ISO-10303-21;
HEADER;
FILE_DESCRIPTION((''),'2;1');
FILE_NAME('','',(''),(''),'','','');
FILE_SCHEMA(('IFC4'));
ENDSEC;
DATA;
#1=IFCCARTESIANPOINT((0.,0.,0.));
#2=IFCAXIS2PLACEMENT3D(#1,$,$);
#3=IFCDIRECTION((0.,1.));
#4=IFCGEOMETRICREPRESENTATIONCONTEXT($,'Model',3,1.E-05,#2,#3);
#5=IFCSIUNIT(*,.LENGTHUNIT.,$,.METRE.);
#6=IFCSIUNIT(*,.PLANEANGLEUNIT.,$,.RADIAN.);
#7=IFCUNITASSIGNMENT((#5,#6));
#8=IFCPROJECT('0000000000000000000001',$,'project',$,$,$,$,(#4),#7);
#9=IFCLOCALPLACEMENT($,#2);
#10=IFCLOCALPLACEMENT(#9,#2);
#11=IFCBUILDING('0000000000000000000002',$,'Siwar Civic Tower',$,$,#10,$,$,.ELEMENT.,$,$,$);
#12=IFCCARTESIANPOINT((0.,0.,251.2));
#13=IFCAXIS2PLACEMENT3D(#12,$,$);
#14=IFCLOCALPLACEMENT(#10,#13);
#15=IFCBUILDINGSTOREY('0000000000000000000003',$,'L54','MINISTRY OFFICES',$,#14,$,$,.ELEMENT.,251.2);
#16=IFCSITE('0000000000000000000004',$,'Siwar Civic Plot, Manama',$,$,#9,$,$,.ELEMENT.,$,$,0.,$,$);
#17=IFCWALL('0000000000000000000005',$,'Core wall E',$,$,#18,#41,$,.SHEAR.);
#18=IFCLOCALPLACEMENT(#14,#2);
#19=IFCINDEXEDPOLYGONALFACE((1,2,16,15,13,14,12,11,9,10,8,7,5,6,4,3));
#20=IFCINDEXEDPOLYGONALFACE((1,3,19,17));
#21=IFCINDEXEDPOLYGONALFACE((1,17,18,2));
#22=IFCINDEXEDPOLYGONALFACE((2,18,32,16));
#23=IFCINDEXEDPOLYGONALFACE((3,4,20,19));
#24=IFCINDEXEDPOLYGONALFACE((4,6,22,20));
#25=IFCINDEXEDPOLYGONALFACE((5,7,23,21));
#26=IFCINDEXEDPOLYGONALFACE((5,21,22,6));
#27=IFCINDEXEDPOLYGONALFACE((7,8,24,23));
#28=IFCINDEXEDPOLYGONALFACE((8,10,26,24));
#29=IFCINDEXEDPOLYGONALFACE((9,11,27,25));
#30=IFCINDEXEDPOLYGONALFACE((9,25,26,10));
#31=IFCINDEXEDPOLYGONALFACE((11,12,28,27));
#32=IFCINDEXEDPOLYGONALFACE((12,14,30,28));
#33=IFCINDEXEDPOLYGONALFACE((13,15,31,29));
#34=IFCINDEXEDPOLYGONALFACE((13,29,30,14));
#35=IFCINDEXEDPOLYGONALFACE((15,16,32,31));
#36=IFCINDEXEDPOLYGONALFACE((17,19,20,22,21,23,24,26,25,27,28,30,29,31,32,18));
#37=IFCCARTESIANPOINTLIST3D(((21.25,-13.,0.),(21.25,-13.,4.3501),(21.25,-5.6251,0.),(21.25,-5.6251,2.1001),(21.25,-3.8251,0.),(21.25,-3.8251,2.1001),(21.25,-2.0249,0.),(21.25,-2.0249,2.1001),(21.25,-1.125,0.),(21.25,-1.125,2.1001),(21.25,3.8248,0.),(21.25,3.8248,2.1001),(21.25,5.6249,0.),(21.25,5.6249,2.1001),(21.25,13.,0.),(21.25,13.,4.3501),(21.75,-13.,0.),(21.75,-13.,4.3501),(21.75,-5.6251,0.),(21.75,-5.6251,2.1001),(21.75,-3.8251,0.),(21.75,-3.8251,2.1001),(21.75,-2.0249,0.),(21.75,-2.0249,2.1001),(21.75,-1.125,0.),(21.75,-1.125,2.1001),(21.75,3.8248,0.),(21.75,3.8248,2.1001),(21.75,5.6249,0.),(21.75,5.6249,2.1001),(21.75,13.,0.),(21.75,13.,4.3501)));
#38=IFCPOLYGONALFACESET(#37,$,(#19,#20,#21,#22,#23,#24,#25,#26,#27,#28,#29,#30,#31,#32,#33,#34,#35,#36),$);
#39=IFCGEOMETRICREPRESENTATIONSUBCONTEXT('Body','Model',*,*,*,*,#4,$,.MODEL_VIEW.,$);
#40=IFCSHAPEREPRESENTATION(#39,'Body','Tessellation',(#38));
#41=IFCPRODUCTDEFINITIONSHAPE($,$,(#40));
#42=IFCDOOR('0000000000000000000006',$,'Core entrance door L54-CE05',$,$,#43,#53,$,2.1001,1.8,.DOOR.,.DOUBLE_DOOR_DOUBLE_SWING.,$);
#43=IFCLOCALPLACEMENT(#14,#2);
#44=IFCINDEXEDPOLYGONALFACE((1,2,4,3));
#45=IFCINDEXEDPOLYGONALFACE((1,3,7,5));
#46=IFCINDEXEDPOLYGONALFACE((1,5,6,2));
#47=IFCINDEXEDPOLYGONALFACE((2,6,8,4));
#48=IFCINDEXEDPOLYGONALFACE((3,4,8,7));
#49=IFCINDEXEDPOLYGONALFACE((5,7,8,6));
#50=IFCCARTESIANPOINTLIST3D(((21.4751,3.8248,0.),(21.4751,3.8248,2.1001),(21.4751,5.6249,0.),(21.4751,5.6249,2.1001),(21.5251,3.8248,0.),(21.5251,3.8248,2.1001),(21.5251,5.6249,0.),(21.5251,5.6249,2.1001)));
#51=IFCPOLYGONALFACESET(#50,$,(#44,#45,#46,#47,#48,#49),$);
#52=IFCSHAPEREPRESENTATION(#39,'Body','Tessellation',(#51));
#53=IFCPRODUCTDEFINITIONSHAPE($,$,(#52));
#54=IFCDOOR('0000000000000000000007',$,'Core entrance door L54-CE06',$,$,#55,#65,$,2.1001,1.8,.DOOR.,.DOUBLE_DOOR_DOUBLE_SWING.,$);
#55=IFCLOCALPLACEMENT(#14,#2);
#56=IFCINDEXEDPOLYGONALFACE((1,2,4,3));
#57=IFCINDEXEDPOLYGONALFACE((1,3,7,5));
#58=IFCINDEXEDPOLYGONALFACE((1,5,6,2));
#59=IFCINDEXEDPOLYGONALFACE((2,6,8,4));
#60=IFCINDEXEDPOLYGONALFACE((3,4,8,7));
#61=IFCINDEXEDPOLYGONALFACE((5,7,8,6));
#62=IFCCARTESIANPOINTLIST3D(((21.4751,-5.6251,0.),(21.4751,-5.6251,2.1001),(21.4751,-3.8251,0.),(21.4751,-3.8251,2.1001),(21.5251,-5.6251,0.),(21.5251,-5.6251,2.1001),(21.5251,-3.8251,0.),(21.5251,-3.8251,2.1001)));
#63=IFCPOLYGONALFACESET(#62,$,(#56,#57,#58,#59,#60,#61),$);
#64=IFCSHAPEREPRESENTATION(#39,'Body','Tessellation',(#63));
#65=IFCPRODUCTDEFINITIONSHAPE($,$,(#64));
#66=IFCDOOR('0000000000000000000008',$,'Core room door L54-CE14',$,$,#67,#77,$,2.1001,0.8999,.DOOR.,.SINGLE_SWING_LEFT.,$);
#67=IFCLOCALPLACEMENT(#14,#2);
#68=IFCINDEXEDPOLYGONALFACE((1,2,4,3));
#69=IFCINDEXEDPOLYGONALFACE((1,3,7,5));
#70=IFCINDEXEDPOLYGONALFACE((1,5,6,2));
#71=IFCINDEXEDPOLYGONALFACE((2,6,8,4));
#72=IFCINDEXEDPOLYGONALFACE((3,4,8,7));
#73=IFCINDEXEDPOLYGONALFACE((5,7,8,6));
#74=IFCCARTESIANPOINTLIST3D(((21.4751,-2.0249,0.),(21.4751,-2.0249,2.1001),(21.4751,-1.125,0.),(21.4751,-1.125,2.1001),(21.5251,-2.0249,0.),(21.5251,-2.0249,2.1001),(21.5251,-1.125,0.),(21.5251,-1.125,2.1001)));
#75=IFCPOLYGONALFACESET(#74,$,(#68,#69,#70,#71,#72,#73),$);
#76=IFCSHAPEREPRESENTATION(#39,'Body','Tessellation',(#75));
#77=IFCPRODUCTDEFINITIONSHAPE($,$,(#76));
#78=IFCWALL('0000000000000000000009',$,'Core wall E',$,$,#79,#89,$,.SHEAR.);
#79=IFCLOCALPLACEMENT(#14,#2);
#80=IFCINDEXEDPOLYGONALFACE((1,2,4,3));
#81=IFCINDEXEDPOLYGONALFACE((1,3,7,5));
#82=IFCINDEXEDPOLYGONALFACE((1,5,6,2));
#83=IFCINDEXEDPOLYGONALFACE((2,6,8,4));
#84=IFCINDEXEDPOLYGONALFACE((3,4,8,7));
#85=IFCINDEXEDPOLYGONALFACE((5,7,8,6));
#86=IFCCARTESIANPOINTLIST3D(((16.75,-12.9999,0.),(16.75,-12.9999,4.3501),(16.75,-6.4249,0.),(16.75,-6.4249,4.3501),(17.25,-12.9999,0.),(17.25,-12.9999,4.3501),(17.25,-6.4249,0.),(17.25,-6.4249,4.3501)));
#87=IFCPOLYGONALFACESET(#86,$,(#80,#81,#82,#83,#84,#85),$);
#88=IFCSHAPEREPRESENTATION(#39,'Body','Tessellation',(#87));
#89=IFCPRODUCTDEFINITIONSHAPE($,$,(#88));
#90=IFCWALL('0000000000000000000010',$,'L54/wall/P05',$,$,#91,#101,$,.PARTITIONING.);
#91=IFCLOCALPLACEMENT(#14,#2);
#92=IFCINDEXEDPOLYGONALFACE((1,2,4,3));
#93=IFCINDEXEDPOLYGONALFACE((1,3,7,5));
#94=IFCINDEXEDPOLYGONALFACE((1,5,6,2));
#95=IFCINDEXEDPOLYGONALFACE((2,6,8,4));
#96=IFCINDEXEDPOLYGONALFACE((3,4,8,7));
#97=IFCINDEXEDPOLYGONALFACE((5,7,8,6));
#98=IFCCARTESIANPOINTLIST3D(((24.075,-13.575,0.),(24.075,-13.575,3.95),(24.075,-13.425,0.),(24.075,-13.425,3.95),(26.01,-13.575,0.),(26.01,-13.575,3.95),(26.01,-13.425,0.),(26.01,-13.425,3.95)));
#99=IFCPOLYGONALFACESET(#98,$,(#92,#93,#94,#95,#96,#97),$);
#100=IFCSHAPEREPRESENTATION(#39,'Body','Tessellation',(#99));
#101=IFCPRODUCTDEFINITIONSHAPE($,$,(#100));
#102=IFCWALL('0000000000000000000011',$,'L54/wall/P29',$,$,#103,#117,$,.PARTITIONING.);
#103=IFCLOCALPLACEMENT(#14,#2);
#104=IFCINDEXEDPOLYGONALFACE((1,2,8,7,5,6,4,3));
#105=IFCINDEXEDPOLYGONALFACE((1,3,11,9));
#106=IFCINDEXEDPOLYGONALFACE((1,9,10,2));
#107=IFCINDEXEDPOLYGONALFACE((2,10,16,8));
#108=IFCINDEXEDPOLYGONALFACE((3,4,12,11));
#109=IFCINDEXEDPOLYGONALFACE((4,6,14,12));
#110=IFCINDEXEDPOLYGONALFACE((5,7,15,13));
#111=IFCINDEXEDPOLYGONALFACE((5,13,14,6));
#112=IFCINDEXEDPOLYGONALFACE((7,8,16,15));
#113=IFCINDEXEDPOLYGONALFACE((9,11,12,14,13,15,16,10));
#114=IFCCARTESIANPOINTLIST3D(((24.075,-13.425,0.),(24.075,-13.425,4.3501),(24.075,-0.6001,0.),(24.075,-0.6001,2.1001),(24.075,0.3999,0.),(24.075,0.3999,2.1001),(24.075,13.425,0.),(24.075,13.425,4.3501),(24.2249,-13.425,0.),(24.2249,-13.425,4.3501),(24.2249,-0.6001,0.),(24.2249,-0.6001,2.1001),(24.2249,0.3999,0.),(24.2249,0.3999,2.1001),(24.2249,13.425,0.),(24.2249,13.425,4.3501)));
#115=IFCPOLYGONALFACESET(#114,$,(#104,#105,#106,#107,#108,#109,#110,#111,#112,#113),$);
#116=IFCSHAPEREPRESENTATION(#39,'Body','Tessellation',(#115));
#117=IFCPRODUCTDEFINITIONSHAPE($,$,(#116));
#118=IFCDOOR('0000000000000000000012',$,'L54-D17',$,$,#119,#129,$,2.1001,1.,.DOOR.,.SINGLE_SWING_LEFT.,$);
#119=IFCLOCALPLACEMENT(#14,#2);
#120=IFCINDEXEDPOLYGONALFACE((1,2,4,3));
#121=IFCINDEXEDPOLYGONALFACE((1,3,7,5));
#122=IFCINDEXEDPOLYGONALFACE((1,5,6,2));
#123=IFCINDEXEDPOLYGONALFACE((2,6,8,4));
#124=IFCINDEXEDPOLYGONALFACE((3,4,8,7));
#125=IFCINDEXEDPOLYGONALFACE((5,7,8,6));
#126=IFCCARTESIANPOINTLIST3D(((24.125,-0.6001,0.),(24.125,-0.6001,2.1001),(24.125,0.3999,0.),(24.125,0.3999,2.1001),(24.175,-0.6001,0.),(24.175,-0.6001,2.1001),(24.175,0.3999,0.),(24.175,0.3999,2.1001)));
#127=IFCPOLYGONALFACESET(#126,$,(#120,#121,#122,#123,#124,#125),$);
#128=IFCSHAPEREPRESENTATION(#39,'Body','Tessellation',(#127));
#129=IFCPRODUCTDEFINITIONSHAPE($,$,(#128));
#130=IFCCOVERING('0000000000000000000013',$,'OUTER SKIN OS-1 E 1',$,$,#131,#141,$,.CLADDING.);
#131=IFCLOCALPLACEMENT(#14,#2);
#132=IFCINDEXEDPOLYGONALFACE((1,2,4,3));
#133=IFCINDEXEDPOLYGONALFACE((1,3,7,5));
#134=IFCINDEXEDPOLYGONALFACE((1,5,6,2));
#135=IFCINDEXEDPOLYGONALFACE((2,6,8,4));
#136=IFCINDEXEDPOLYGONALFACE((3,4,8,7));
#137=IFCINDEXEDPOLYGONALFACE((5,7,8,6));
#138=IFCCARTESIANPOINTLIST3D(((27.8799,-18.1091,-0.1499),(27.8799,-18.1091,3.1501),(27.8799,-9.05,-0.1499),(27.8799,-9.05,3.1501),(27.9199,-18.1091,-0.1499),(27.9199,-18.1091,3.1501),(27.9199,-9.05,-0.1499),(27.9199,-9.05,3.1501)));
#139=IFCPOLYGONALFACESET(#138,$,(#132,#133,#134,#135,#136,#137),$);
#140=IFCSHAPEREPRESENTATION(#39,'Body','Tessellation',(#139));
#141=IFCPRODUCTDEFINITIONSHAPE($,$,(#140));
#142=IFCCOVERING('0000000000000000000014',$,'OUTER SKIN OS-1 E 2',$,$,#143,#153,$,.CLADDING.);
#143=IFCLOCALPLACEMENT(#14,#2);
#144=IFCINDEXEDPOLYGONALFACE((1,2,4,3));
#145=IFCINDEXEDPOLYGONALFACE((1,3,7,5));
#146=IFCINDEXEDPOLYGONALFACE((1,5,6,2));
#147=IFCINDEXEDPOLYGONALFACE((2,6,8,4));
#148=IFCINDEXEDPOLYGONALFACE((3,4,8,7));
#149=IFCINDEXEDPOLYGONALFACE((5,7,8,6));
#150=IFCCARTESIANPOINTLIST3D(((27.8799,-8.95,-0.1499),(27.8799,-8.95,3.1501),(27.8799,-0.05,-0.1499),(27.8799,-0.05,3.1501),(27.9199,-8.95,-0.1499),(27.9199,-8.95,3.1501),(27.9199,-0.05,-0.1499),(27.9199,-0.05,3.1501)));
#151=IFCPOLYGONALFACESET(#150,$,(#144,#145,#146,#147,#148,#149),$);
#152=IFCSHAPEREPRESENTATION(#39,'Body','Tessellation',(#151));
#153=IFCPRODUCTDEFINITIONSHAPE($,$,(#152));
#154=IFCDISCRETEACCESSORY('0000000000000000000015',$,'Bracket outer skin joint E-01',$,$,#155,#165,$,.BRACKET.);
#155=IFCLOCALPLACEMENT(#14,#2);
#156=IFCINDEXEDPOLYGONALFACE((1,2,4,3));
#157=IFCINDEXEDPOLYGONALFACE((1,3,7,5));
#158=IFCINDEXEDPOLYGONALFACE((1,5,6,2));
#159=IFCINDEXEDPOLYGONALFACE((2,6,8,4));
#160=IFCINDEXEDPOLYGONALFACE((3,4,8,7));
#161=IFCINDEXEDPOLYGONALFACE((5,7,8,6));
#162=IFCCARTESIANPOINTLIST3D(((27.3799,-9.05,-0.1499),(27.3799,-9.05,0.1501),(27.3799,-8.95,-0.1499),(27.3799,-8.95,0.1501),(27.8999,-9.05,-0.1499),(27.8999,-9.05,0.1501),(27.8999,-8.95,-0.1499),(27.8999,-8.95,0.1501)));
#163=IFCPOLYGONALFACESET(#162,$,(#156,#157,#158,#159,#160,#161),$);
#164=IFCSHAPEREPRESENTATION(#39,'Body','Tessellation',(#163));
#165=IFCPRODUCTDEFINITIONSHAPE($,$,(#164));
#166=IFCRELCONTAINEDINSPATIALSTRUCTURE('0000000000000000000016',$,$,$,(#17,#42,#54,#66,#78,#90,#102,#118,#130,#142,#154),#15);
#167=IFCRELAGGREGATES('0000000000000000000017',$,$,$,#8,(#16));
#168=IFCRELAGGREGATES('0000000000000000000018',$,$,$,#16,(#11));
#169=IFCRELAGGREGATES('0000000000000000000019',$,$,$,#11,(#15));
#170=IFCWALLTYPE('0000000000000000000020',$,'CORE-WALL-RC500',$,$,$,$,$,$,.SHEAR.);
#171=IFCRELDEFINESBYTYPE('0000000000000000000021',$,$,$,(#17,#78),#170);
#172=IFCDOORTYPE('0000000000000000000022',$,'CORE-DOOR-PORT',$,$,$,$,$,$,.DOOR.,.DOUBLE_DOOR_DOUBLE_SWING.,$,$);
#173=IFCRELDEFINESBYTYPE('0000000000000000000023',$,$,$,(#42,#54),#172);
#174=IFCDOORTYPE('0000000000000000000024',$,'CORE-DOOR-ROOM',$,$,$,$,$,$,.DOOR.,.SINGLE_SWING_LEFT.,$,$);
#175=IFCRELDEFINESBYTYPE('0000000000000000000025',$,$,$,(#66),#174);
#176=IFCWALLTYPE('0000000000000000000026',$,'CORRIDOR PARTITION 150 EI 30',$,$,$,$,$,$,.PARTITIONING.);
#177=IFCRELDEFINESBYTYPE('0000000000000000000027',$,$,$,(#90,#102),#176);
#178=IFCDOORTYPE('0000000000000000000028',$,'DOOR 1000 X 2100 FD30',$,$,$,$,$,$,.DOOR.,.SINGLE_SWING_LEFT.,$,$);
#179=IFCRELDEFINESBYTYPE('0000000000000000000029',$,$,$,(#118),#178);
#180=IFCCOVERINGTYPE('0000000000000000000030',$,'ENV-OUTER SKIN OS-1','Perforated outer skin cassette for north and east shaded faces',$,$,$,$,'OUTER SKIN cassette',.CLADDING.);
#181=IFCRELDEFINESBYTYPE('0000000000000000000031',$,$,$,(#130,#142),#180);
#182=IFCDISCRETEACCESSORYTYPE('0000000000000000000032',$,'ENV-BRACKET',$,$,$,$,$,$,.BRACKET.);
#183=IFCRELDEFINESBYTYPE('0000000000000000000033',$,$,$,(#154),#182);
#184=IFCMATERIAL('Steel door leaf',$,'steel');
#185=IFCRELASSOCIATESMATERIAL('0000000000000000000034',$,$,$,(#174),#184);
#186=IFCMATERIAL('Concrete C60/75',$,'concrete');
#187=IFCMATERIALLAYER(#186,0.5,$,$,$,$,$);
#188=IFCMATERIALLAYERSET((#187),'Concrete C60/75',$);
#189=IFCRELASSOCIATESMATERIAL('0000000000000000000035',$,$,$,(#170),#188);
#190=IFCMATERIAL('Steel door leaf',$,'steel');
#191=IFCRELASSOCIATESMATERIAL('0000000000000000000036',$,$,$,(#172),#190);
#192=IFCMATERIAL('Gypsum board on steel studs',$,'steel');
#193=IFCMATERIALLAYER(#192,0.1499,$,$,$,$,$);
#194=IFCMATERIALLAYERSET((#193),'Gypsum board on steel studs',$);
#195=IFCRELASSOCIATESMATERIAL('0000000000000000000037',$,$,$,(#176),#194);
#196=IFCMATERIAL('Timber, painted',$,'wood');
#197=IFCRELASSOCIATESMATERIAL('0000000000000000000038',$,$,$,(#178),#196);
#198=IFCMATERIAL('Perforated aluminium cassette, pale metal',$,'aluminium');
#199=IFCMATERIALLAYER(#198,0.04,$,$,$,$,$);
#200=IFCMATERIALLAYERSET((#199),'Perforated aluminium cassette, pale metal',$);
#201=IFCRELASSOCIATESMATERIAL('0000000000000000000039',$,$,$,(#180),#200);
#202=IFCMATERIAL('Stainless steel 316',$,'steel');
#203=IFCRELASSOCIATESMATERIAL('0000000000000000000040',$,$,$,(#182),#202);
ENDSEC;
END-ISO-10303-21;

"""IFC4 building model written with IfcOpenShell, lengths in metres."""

from ifc_helpers import new_model, si_unit, direction, frame, frame_2d, origin, origin_2d, place, context, subcontext, project, spatial, rectangle, extrude, material, layer, layer_set, type_object, element, fill, save


model = new_model("IFC4")

# Units and contexts
model_context = context("Model", 3, precision=1e-05, world=origin(), true_north=direction((0.0, 1.0)))
body_context = subcontext(model_context, "Body", "Model", "MODEL_VIEW")
ifc_project = project(units=[si_unit("LENGTHUNIT", "METRE"), si_unit("PLANEANGLEUNIT", "RADIAN")], contexts=[model_context])

# Site, building, storey
site_placement = place(None, origin())
site = spatial("IfcSite", under=ifc_project, at=site_placement, Name="Siwar Civic Plot, Manama", CompositionType="ELEMENT", RefElevation=0.0)
building_placement = place(site_placement, origin())
building = spatial("IfcBuilding", under=site, at=building_placement, Name="Siwar Civic Tower", CompositionType="ELEMENT")
storey_placement = place(building_placement, frame((0.0, 0.0, 251.2)))
storey = spatial("IfcBuildingStorey", under=building, at=storey_placement, Name="L54", Description="MINISTRY OFFICES", CompositionType="ELEMENT", Elevation=251.2)

# Wall, openings, doors
ifc_material_1 = material(Name="Steel door leaf", Category="steel")
door_type_1 = type_object("IfcDoorType", Name="CORE-DOOR-ROOM", OperationType="SINGLE_SWING_LEFT", PredefinedType="DOOR", material=ifc_material_1)
ifc_material_2 = material(Name="Concrete C60/75", Category="concrete")
ifc_layer_1 = layer(ifc_material_2, 0.5)
ifc_layer_set_1 = layer_set([ifc_layer_1], Name="Concrete C60/75")
wall_type_1 = type_object("IfcWallType", Name="CORE-WALL-RC500", PredefinedType="SHEAR", material=ifc_layer_set_1)
wall_1_placement = place(storey_placement, frame((21.5, -13.0, 0.0), z_axis=(0.0, 0.0, 1.0), x_axis=(0.0, 1.0, 0.0)))
wall_1 = element("IfcWall", 1, at=wall_1_placement, inside=storey, type_object=wall_type_1, Name="Core wall E", PredefinedType="SHEAR", context=body_context, shape_type="SweptSolid", body=[
    extrude(rectangle(XDim=26.0, YDim=0.5, at=frame_2d((13.0, 0.0))), origin(), (0.0, 0.0, 1.0), 4.3501),
])
opening_1_placement = place(wall_1_placement, frame((16.825, 0.0, 0.0)))
opening_1 = element("IfcOpeningElement", 2, at=opening_1_placement, cuts=wall_1, PredefinedType="OPENING", context=body_context, shape_type="SweptSolid", body=[
    extrude(rectangle(XDim=1.8, YDim=2.1001, at=frame_2d((0.8999, 1.05))), frame((0.0, 0.26, 0.0), z_axis=(0.0, -1.0, 0.0), x_axis=(1.0, 0.0, 0.0)), (0.0, 0.0, 1.0), 0.52),
])
opening_2_placement = place(wall_1_placement, frame((7.375, 0.0, 0.0)))
opening_2 = element("IfcOpeningElement", 3, at=opening_2_placement, cuts=wall_1, PredefinedType="OPENING", context=body_context, shape_type="SweptSolid", body=[
    extrude(rectangle(XDim=1.8, YDim=2.1001, at=frame_2d((0.8999, 1.05))), frame((0.0, 0.26, 0.0), z_axis=(0.0, -1.0, 0.0), x_axis=(1.0, 0.0, 0.0)), (0.0, 0.0, 1.0), 0.52),
])
opening_3_placement = place(wall_1_placement, frame((10.9751, 0.0, 0.0)))
opening_3 = element("IfcOpeningElement", 4, at=opening_3_placement, cuts=wall_1, PredefinedType="OPENING", context=body_context, shape_type="SweptSolid", body=[
    extrude(rectangle(XDim=0.8999, YDim=2.1001, at=frame_2d((0.45, 1.05))), frame((0.0, 0.26, 0.0), z_axis=(0.0, -1.0, 0.0), x_axis=(1.0, 0.0, 0.0)), (0.0, 0.0, 1.0), 0.52),
])
ifc_material_3 = material(Name="Steel door leaf", Category="steel")
door_type_2 = type_object("IfcDoorType", Name="CORE-DOOR-PORT", OperationType="DOUBLE_DOOR_DOUBLE_SWING", PredefinedType="DOOR", material=ifc_material_3)
door_1_placement = place(opening_1_placement, origin())
door_1 = element("IfcDoor", 5, at=door_1_placement, inside=storey, type_object=door_type_2, Name="Core entrance door L54-CE05", OperationType="DOUBLE_DOOR_DOUBLE_SWING", OverallHeight=2.1001, OverallWidth=1.8, PredefinedType="DOOR", context=body_context, shape_type="SweptSolid", body=[
    extrude(rectangle(XDim=1.8, YDim=2.1001, at=frame_2d((0.8999, 1.05))), frame((0.0, 0.0249, 0.0), z_axis=(0.0, -1.0, 0.0), x_axis=(1.0, 0.0, 0.0)), (0.0, 0.0, 1.0), 0.05),
])
fill(opening_1, door_1)
door_2_placement = place(opening_2_placement, origin())
door_2 = element("IfcDoor", 6, at=door_2_placement, inside=storey, type_object=door_type_2, Name="Core entrance door L54-CE06", OperationType="DOUBLE_DOOR_DOUBLE_SWING", OverallHeight=2.1001, OverallWidth=1.8, PredefinedType="DOOR", context=body_context, shape_type="SweptSolid", body=[
    extrude(rectangle(XDim=1.8, YDim=2.1001, at=frame_2d((0.8999, 1.05))), frame((0.0, 0.0249, 0.0), z_axis=(0.0, -1.0, 0.0), x_axis=(1.0, 0.0, 0.0)), (0.0, 0.0, 1.0), 0.05),
])
fill(opening_2, door_2)
door_3_placement = place(opening_3_placement, origin())
door_3 = element("IfcDoor", 7, at=door_3_placement, inside=storey, type_object=door_type_1, Name="Core room door L54-CE14", OperationType="SINGLE_SWING_LEFT", OverallHeight=2.1001, OverallWidth=0.8999, PredefinedType="DOOR", context=body_context, shape_type="SweptSolid", body=[
    extrude(rectangle(XDim=0.8999, YDim=2.1001, at=frame_2d((0.45, 1.05))), frame((0.0, 0.0249, 0.0), z_axis=(0.0, -1.0, 0.0), x_axis=(1.0, 0.0, 0.0)), (0.0, 0.0, 1.0), 0.05),
])
fill(opening_3, door_3)

# Walls
wall_2_placement = place(storey_placement, frame((17.0, -13.0, 0.0), z_axis=(0.0, 0.0, 1.0), x_axis=(0.0, 1.0, 0.0)))
element("IfcWall", 8, at=wall_2_placement, inside=storey, type_object=wall_type_1, Name="Core wall E", PredefinedType="SHEAR", context=body_context, shape_type="SweptSolid", body=[
    extrude(rectangle(XDim=6.575, YDim=0.5, at=frame_2d((3.2876, 0.0))), origin(), (0.0, 0.0, 1.0), 4.3501),
])
ifc_material_4 = material(Name="Gypsum board on steel studs", Category="steel")
ifc_layer_2 = layer(ifc_material_4, 0.1499)
ifc_layer_set_2 = layer_set([ifc_layer_2], Name="Gypsum board on steel studs")
wall_type_2 = type_object("IfcWallType", Name="CORRIDOR PARTITION 150 EI 30", PredefinedType="PARTITIONING", material=ifc_layer_set_2)
wall_3_placement = place(storey_placement, frame((24.075, -13.5, 0.0), z_axis=(0.0, 0.0, 1.0), x_axis=(1.0, 0.0, 0.0)))
element("IfcWall", 9, at=wall_3_placement, inside=storey, type_object=wall_type_2, Name="L54/wall/P05", PredefinedType="PARTITIONING", context=body_context, shape_type="SweptSolid", body=[
    extrude(rectangle(XDim=1.9351, YDim=0.1499, at=frame_2d((0.9675, 0.0))), origin(), (0.0, 0.0, 1.0), 3.95),
])

# Wall, opening, door
wall_4_placement = place(storey_placement, frame((24.1499, -13.425, 0.0), z_axis=(0.0, 0.0, 1.0), x_axis=(0.0, 1.0, 0.0)))
wall_4 = element("IfcWall", 10, at=wall_4_placement, inside=storey, type_object=wall_type_2, Name="L54/wall/P29", PredefinedType="PARTITIONING", context=body_context, shape_type="SweptSolid", body=[
    extrude(rectangle(XDim=26.8501, YDim=0.1499, at=frame_2d((13.425, 0.0))), origin(), (0.0, 0.0, 1.0), 4.3501),
])
opening_4_placement = place(wall_4_placement, frame((12.825, 0.0, 0.0)))
opening_4 = element("IfcOpeningElement", 11, at=opening_4_placement, cuts=wall_4, PredefinedType="OPENING", context=body_context, shape_type="SweptSolid", body=[
    extrude(rectangle(XDim=1.0, YDim=2.1001, at=frame_2d((0.5, 1.05))), frame((0.0, 0.085, 0.0), z_axis=(0.0, -1.0, 0.0), x_axis=(1.0, 0.0, 0.0)), (0.0, 0.0, 1.0), 0.1699),
])
ifc_material_5 = material(Name="Timber, painted", Category="wood")
door_type_3 = type_object("IfcDoorType", Name="DOOR 1000 X 2100 FD30", OperationType="SINGLE_SWING_LEFT", PredefinedType="DOOR", material=ifc_material_5)
door_4_placement = place(opening_4_placement, origin())
door_4 = element("IfcDoor", 12, at=door_4_placement, inside=storey, type_object=door_type_3, Name="L54-D17", OperationType="SINGLE_SWING_LEFT", OverallHeight=2.1001, OverallWidth=1.0, PredefinedType="DOOR", context=body_context, shape_type="SweptSolid", body=[
    extrude(rectangle(XDim=1.0, YDim=2.1001, at=frame_2d((0.5, 1.05))), frame((0.0, 0.0249, 0.0), z_axis=(0.0, -1.0, 0.0), x_axis=(1.0, 0.0, 0.0)), (0.0, 0.0, 1.0), 0.05),
])
fill(opening_4, door_4)

# Coverings
ifc_material_6 = material(Name="Perforated aluminium cassette, pale metal", Category="aluminium")
ifc_layer_3 = layer(ifc_material_6, 0.04)
ifc_layer_set_3 = layer_set([ifc_layer_3], Name="Perforated aluminium cassette, pale metal")
covering_type = type_object("IfcCoveringType", Name="ENV-OUTER SKIN OS-1", Description="Perforated outer skin cassette for north and east shaded faces", ElementType="OUTER SKIN cassette", PredefinedType="CLADDING", material=ifc_layer_set_3)
covering_1_placement = place(storey_placement, frame((27.8999, -13.5796, -0.1499), z_axis=(0.0, 0.0, 1.0), x_axis=(0.0, 1.0, 0.0)))
element("IfcCovering", 13, at=covering_1_placement, inside=storey, type_object=covering_type, Name="OUTER SKIN OS-1 E 1", PredefinedType="CLADDING", context=body_context, shape_type="SweptSolid", body=[
    extrude(rectangle(XDim=9.0591, YDim=0.04, at=origin_2d()), origin(), (0.0, 0.0, 1.0), 3.3),
])
covering_2_placement = place(storey_placement, frame((27.8999, -4.5, -0.1499), z_axis=(0.0, 0.0, 1.0), x_axis=(0.0, 1.0, 0.0)))
element("IfcCovering", 14, at=covering_2_placement, inside=storey, type_object=covering_type, Name="OUTER SKIN OS-1 E 2", PredefinedType="CLADDING", context=body_context, shape_type="SweptSolid", body=[
    extrude(rectangle(XDim=8.8999, YDim=0.04, at=origin_2d()), origin(), (0.0, 0.0, 1.0), 3.3),
])

# Discrete accessory
ifc_material_7 = material(Name="Stainless steel 316", Category="steel")
discrete_accessory_type = type_object("IfcDiscreteAccessoryType", Name="ENV-BRACKET", PredefinedType="BRACKET", material=ifc_material_7)
discrete_accessory_placement = place(storey_placement, frame((27.6399, -9.0, -0.1499), z_axis=(0.0, 0.0, 1.0), x_axis=(1.0, 0.0, 0.0)))
element("IfcDiscreteAccessory", 15, at=discrete_accessory_placement, inside=storey, type_object=discrete_accessory_type, Name="Bracket outer skin joint E-01", PredefinedType="BRACKET", context=body_context, shape_type="SweptSolid", body=[
    extrude(rectangle(XDim=0.52, YDim=0.1001, at=origin_2d()), origin(), (0.0, 0.0, 1.0), 0.3),
])

save(model, "model.ifc")
